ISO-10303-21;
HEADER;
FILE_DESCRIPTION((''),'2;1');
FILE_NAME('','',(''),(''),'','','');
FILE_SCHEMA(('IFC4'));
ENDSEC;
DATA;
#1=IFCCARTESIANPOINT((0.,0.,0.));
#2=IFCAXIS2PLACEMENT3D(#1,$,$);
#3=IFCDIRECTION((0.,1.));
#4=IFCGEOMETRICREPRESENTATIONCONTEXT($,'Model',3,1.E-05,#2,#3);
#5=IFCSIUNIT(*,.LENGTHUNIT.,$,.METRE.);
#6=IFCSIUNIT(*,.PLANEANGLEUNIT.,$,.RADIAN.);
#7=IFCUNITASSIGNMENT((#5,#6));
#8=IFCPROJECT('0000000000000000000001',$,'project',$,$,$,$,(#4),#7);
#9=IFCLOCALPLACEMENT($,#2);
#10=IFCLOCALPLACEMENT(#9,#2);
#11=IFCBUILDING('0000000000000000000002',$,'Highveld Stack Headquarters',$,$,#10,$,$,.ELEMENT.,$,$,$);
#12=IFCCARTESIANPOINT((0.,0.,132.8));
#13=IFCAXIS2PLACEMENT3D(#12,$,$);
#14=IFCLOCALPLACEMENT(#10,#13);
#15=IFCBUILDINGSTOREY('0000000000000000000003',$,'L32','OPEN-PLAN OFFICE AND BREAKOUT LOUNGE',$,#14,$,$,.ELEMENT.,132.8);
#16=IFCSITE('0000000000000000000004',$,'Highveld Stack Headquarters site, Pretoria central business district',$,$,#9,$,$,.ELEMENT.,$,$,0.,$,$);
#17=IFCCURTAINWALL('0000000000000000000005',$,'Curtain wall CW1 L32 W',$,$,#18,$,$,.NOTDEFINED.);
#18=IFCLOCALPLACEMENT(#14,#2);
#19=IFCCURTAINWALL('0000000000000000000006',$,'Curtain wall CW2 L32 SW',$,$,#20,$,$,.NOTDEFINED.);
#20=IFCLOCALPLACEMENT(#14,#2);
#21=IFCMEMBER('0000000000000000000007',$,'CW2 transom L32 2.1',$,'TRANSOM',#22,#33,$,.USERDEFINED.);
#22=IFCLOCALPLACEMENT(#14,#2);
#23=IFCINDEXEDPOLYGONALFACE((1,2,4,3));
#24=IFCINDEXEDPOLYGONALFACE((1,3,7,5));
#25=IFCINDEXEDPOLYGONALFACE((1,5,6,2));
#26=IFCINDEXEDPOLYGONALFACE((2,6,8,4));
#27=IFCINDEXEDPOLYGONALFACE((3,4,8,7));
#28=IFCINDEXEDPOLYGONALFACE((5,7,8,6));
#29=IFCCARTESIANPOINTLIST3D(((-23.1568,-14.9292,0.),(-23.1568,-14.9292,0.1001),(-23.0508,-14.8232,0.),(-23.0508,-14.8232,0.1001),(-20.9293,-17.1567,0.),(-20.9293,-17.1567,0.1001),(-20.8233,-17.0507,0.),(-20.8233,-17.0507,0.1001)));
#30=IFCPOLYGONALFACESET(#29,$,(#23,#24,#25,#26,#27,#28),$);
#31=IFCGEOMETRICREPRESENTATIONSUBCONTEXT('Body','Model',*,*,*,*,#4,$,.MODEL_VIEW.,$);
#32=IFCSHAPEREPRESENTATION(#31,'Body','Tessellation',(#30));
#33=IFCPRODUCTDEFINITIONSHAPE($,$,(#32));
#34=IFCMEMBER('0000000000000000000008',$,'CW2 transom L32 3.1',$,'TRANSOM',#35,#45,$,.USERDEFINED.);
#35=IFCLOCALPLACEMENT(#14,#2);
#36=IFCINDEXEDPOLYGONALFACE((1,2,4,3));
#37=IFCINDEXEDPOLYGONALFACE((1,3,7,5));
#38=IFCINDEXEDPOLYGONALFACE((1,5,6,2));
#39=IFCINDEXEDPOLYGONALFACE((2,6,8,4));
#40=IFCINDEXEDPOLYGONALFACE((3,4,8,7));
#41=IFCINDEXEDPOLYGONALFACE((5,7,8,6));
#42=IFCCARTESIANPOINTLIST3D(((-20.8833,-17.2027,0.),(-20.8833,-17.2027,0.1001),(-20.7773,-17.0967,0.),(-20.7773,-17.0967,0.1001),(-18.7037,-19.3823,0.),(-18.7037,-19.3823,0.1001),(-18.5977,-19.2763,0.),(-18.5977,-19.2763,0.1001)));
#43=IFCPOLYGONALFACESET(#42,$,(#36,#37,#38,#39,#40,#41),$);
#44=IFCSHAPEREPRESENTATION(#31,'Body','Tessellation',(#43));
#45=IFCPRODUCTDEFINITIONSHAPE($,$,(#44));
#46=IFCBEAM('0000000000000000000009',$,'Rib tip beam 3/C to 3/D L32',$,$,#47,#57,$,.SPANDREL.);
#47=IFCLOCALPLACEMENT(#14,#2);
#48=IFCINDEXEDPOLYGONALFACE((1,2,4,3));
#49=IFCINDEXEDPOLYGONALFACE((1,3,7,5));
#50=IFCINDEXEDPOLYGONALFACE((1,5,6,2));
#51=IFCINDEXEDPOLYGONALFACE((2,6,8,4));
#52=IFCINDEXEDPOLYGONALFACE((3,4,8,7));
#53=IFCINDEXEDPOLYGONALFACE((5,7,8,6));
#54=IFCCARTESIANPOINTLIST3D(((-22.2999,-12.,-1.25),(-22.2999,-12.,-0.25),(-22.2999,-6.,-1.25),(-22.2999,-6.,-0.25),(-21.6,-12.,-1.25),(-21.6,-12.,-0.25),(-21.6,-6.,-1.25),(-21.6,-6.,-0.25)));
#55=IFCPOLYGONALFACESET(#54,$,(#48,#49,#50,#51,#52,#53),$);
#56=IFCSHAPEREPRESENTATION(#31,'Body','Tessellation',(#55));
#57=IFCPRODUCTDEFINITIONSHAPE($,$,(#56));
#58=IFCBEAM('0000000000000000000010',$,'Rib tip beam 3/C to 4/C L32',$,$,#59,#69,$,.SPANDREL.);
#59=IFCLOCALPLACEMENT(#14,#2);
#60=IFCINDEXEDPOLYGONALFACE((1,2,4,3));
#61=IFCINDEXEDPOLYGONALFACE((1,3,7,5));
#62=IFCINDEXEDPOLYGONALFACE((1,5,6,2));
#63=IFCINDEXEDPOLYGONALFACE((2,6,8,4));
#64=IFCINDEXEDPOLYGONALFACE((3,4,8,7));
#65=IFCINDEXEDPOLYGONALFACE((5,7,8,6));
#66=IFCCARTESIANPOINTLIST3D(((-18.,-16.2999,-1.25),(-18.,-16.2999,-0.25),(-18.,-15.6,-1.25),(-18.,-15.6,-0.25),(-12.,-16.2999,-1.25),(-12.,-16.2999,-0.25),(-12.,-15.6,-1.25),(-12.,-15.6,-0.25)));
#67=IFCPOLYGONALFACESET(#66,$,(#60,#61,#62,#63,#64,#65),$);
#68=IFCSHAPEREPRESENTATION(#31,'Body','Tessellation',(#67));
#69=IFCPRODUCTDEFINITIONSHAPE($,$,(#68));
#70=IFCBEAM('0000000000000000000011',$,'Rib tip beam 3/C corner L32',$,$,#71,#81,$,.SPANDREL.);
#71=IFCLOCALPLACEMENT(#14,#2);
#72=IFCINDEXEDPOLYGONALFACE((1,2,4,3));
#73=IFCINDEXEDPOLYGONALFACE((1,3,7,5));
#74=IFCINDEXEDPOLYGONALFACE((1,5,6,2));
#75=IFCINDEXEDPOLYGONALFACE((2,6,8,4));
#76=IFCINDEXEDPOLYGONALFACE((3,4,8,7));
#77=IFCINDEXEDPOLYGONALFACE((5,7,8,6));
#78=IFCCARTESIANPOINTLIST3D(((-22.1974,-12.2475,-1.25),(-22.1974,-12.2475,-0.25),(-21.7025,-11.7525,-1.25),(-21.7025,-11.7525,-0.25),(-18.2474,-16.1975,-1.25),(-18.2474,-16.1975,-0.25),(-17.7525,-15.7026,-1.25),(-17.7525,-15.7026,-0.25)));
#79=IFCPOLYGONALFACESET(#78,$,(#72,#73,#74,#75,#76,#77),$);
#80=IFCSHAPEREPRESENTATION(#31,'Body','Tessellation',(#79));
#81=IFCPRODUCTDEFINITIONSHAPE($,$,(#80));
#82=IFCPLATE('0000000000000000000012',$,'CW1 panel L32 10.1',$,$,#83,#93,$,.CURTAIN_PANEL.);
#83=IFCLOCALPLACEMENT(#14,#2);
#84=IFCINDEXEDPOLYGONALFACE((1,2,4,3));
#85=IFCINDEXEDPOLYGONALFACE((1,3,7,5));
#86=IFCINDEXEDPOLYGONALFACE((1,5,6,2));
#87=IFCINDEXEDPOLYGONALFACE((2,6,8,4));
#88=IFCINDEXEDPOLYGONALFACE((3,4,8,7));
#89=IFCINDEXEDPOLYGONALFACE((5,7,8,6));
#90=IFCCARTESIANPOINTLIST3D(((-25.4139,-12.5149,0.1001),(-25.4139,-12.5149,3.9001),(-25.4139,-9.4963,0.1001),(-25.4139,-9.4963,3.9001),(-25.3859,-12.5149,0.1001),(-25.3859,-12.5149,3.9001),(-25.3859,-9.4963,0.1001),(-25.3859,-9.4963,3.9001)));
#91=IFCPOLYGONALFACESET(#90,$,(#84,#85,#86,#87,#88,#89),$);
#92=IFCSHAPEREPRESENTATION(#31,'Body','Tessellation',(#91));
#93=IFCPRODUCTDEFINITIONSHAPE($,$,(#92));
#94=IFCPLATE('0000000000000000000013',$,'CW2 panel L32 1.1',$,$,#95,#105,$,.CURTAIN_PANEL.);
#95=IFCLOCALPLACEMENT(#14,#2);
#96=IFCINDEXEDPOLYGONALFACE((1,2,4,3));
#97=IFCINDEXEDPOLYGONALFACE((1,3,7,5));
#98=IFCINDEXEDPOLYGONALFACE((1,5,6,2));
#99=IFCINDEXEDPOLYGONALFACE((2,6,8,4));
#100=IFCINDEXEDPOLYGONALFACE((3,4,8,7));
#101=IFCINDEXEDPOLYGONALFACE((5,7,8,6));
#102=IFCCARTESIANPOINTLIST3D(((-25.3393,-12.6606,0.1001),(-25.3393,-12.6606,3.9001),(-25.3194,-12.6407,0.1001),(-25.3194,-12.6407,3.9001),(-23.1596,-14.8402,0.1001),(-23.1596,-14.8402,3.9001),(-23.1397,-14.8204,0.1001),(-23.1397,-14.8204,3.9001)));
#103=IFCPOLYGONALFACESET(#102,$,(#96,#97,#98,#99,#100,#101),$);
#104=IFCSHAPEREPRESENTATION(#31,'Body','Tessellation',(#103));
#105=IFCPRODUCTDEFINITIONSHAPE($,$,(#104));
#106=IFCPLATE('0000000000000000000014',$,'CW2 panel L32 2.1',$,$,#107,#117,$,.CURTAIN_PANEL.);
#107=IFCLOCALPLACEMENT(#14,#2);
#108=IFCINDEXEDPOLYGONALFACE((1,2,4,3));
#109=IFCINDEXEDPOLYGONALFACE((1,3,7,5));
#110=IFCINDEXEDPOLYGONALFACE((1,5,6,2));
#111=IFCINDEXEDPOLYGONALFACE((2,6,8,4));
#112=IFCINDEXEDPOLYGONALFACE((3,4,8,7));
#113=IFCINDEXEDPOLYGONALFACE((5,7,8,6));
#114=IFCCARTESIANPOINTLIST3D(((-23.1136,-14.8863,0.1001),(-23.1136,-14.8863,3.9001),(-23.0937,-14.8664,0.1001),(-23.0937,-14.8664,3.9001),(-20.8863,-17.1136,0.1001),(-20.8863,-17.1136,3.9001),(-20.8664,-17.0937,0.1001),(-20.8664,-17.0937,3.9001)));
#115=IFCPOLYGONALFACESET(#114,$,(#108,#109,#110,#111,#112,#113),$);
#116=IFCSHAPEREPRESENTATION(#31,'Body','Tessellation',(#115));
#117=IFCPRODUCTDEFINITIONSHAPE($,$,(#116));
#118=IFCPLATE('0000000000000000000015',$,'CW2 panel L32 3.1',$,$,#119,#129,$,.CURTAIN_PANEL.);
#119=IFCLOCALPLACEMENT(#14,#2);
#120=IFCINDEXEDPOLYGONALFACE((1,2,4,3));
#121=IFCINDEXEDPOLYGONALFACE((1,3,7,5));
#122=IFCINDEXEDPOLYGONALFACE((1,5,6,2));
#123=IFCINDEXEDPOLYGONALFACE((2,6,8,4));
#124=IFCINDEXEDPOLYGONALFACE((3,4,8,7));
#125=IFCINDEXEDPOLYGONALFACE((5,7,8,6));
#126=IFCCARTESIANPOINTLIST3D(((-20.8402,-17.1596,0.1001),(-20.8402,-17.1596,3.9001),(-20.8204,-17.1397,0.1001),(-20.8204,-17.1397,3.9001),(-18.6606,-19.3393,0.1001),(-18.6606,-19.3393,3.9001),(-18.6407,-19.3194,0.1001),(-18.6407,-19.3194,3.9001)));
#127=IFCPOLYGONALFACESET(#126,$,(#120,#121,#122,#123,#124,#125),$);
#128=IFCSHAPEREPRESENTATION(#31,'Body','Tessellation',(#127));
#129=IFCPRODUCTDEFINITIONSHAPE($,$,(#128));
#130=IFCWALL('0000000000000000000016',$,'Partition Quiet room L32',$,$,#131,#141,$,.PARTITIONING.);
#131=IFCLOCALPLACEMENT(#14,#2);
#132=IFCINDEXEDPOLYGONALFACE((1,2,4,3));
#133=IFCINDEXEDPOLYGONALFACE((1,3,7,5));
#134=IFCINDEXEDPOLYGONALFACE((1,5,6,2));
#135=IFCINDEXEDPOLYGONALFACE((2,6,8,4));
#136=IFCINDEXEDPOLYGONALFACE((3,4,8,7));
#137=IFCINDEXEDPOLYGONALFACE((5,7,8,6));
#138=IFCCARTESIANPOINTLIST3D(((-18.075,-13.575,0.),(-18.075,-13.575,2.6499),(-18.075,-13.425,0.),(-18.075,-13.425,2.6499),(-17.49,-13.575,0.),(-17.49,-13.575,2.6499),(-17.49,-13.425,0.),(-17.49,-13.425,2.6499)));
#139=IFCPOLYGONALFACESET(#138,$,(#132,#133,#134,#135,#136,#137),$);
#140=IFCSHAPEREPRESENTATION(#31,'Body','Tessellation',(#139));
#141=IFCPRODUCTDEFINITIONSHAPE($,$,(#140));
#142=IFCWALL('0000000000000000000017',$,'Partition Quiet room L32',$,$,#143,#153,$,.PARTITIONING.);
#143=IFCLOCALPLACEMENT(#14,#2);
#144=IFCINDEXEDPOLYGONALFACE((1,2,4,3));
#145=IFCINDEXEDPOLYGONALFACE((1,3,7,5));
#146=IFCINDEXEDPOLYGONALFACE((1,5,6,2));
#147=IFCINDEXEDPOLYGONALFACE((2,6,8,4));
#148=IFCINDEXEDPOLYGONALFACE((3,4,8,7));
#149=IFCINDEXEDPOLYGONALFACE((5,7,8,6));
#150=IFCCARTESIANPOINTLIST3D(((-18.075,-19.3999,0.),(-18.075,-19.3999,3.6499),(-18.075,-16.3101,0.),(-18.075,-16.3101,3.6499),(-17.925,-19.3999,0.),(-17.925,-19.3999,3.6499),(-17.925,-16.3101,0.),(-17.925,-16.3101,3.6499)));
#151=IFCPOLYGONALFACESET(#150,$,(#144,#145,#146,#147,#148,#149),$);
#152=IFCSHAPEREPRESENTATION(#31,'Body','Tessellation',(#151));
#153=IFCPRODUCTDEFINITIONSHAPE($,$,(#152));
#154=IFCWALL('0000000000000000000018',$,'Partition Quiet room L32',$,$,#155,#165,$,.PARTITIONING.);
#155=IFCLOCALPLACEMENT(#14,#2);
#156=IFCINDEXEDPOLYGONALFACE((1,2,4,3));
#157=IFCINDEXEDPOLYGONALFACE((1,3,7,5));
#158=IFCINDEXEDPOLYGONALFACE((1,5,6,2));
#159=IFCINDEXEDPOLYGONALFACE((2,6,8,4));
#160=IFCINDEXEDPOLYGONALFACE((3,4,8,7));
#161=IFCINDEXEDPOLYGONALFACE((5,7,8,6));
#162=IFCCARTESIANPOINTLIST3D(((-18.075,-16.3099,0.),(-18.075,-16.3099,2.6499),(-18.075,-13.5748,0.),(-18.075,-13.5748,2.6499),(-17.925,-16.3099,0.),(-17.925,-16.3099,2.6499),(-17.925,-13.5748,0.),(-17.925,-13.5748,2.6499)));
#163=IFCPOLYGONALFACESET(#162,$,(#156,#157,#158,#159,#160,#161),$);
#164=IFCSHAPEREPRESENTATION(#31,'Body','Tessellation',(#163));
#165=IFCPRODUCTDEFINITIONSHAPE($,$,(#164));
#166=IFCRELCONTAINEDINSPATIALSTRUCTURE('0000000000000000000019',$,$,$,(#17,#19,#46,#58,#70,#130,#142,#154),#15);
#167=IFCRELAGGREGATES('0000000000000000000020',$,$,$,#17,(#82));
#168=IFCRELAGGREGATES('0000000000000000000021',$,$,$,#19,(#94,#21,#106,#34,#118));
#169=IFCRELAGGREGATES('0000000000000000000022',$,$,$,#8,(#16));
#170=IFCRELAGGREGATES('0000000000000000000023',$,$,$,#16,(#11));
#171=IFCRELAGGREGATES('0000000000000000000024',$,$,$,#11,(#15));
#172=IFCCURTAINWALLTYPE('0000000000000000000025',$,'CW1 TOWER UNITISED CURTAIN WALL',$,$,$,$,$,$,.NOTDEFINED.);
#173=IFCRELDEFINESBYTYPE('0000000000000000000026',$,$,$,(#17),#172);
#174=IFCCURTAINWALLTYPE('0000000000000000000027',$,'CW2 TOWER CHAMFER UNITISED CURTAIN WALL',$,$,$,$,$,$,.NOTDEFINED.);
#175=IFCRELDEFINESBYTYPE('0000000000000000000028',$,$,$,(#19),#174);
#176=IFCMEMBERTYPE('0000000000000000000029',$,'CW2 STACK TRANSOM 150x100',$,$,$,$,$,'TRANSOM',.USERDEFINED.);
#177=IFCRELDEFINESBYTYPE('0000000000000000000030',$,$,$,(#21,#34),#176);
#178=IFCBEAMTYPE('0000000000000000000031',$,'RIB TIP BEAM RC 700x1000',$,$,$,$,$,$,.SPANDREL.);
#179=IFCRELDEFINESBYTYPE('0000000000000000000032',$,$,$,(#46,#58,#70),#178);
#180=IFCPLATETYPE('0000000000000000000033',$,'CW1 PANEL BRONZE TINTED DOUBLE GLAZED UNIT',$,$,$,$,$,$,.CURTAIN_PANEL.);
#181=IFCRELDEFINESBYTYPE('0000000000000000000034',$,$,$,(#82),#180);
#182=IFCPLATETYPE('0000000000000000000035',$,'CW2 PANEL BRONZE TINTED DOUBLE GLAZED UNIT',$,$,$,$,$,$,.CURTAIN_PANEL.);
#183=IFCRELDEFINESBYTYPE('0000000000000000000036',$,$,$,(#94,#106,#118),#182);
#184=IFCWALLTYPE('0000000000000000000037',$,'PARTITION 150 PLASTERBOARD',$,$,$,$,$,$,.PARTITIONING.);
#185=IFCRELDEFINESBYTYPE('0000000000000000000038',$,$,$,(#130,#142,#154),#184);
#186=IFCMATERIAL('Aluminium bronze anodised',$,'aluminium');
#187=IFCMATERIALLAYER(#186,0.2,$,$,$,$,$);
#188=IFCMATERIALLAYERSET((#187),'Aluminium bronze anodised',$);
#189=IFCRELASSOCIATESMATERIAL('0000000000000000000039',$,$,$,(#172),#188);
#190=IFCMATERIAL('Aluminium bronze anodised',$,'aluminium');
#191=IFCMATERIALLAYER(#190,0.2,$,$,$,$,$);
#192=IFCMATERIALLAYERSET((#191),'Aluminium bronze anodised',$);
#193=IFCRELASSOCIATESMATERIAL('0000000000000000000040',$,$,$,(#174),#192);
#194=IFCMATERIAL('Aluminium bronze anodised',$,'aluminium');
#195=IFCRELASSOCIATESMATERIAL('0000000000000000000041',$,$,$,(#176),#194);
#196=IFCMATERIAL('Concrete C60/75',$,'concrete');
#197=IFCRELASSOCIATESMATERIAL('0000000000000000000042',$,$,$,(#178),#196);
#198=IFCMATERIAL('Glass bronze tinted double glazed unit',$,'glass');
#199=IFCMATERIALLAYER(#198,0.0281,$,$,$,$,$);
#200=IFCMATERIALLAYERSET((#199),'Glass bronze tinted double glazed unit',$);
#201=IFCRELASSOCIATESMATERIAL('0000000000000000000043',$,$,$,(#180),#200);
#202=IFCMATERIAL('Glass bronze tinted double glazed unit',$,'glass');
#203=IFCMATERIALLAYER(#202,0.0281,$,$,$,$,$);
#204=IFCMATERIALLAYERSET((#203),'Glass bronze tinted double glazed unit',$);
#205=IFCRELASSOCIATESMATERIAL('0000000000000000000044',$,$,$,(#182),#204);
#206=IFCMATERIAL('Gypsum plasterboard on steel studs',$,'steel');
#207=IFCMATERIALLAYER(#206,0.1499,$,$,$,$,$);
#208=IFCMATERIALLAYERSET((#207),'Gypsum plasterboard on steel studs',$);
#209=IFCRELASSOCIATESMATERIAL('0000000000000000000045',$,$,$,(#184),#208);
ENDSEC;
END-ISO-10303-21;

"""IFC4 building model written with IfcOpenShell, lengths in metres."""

from ifc_helpers import new_model, si_unit, direction, frame, frame_2d, origin, origin_2d, place, context, subcontext, project, spatial, rectangle, extrude, material, layer, layer_set, material_profile, profile_set, type_object, element, aggregate, save


model = new_model("IFC4")

# Units and contexts
model_context = context("Model", 3, precision=1e-05, world=origin(), true_north=direction((0.0, 1.0)))
body_context = subcontext(model_context, "Body", "Model", "MODEL_VIEW")
ifc_project = project(units=[si_unit("LENGTHUNIT", "METRE"), si_unit("PLANEANGLEUNIT", "RADIAN")], contexts=[model_context])

# Site, building, storey
site_placement = place(None, origin())
site = spatial("IfcSite", under=ifc_project, at=site_placement, Name="Highveld Stack Headquarters site, Pretoria central business district", CompositionType="ELEMENT", RefElevation=0.0)
building_placement = place(site_placement, origin())
building = spatial("IfcBuilding", under=site, at=building_placement, Name="Highveld Stack Headquarters", CompositionType="ELEMENT")
storey_placement = place(building_placement, frame((0.0, 0.0, 132.8)))
storey = spatial("IfcBuildingStorey", under=building, at=storey_placement, Name="L32", Description="OPEN-PLAN OFFICE AND BREAKOUT LOUNGE", CompositionType="ELEMENT", Elevation=132.8)

# Curtain wall
ifc_material_1 = material(Name="Aluminium bronze anodised", Category="aluminium")
ifc_layer_1 = layer(ifc_material_1, 0.2)
ifc_layer_set_1 = layer_set([ifc_layer_1], Name="Aluminium bronze anodised")
curtain_wall_type_1 = type_object("IfcCurtainWallType", Name="CW1 TOWER UNITISED CURTAIN WALL", PredefinedType="NOTDEFINED", material=ifc_layer_set_1)
curtain_wall_1_placement = place(storey_placement, origin())
curtain_wall_1 = element("IfcCurtainWall", 1, at=curtain_wall_1_placement, inside=storey, type_object=curtain_wall_type_1, Name="Curtain wall CW1 L32 W", PredefinedType="NOTDEFINED")

# Curtain wall, members
ifc_material_2 = material(Name="Aluminium bronze anodised", Category="aluminium")
ifc_layer_2 = layer(ifc_material_2, 0.2)
ifc_layer_set_2 = layer_set([ifc_layer_2], Name="Aluminium bronze anodised")
curtain_wall_type_2 = type_object("IfcCurtainWallType", Name="CW2 TOWER CHAMFER UNITISED CURTAIN WALL", PredefinedType="NOTDEFINED", material=ifc_layer_set_2)
curtain_wall_2_placement = place(storey_placement, origin())
curtain_wall_2 = element("IfcCurtainWall", 2, at=curtain_wall_2_placement, inside=storey, type_object=curtain_wall_type_2, Name="Curtain wall CW2 L32 SW", PredefinedType="NOTDEFINED")
ifc_material_3 = material(Name="Aluminium bronze anodised", Category="aluminium")
ifc_material_profile_1 = material_profile(ifc_material_3, rectangle(XDim=0.1499, YDim=0.1001, at=origin_2d()), Name="CW2 TRANSOM 150x100")
ifc_profile_set_1 = profile_set([ifc_material_profile_1], Name="Aluminium bronze anodised")
member_type_1 = type_object("IfcMemberType", Name="CW2 STACK TRANSOM 150x100", ElementType="TRANSOM", PredefinedType="USERDEFINED", material=ifc_profile_set_1)
member_1_placement = place(storey_placement, frame((-23.1038, -14.8762, 0.05), z_axis=(0.707107, -0.707107, 0.0), x_axis=(0.707107, 0.707107, 0.0)))
member_1 = element("IfcMember", 3, at=member_1_placement, type_object=member_type_1, Name="CW2 transom L32 2.1", ObjectType="TRANSOM", PredefinedType="USERDEFINED", context=body_context, shape_type="SweptSolid", body=[
    extrude(rectangle(XDim=0.1499, YDim=0.1001, at=origin_2d()), origin(), (0.0, 0.0, 1.0), 3.1501),
])
member_2_placement = place(storey_placement, frame((-20.8303, -17.1497, 0.05), z_axis=(0.707107, -0.707107, 0.0), x_axis=(0.707107, 0.707107, 0.0)))
member_2 = element("IfcMember", 4, at=member_2_placement, type_object=member_type_1, Name="CW2 transom L32 3.1", ObjectType="TRANSOM", PredefinedType="USERDEFINED", context=body_context, shape_type="SweptSolid", body=[
    extrude(rectangle(XDim=0.1499, YDim=0.1001, at=origin_2d()), origin(), (0.0, 0.0, 1.0), 3.0825),
])

# Beams
ifc_material_4 = material(Name="Concrete C60/75", Category="concrete")
ifc_material_profile_2 = material_profile(ifc_material_4, rectangle(XDim=0.7, YDim=1.0, at=origin_2d()), Name="RC 700x1000")
ifc_profile_set_2 = profile_set([ifc_material_profile_2], Name="Concrete C60/75")
beam_type_1 = type_object("IfcBeamType", Name="RIB TIP BEAM RC 700x1000", PredefinedType="SPANDREL", material=ifc_profile_set_2)
for number, where, z_axis, x_axis, name in (
    (5, (-21.95, -12.0, -0.75), (0.0, 1.0, 0.0), (-1.0, 0.0, 0.0), "Rib tip beam 3/C to 3/D L32"),
    (6, (-18.0, -15.95, -0.75), (1.0, 0.0, 0.0), (0.0, 1.0, 0.0), "Rib tip beam 3/C to 4/C L32"),
):
    element("IfcBeam", number, at=place(storey_placement, frame(where, z_axis=z_axis, x_axis=x_axis)), inside=storey, type_object=beam_type_1, Name=name, PredefinedType="SPANDREL", context=body_context, shape_type="SweptSolid", body=[
        extrude(rectangle(XDim=0.7, YDim=1.0, at=origin_2d()), origin(), (0.0, 0.0, 1.0), 6.0),
    ])
beam_placement = place(storey_placement, frame((-21.95, -12.0, -0.75), z_axis=(0.707107, -0.707107, 0.0), x_axis=(0.707107, 0.707107, 0.0)))
element("IfcBeam", 7, at=beam_placement, inside=storey, type_object=beam_type_1, Name="Rib tip beam 3/C corner L32", PredefinedType="SPANDREL", context=body_context, shape_type="SweptSolid", body=[
    extrude(rectangle(XDim=0.7, YDim=1.0, at=origin_2d()), origin(), (0.0, 0.0, 1.0), 5.5862),
])

# Plates
ifc_material_5 = material(Name="Glass bronze tinted double glazed unit", Category="glass")
ifc_layer_3 = layer(ifc_material_5, 0.0281)
ifc_layer_set_3 = layer_set([ifc_layer_3], Name="Glass bronze tinted double glazed unit")
plate_type_1 = type_object("IfcPlateType", Name="CW1 PANEL BRONZE TINTED DOUBLE GLAZED UNIT", PredefinedType="CURTAIN_PANEL", material=ifc_layer_set_3)
plate_1_placement = place(storey_placement, frame((-25.3999, -11.0056, 0.1001), z_axis=(0.0, 0.0, 1.0), x_axis=(0.0, -1.0, 0.0)))
plate_1 = element("IfcPlate", 8, at=plate_1_placement, type_object=plate_type_1, Name="CW1 panel L32 10.1", PredefinedType="CURTAIN_PANEL", context=body_context, shape_type="SweptSolid", body=[
    extrude(rectangle(XDim=3.0186, YDim=0.0281, at=origin_2d()), origin(), (0.0, 0.0, 1.0), 3.8),
])
aggregate(curtain_wall_1, [plate_1])
ifc_material_6 = material(Name="Glass bronze tinted double glazed unit", Category="glass")
ifc_layer_4 = layer(ifc_material_6, 0.0281)
ifc_layer_set_4 = layer_set([ifc_layer_4], Name="Glass bronze tinted double glazed unit")
plate_type_2 = type_object("IfcPlateType", Name="CW2 PANEL BRONZE TINTED DOUBLE GLAZED UNIT", PredefinedType="CURTAIN_PANEL", material=ifc_layer_set_4)
plate_2_placement = place(storey_placement, frame((-24.2395, -13.7405, 0.1001), z_axis=(0.0, 0.0, 1.0), x_axis=(0.707107, -0.707107, 0.0)))
plate_2 = element("IfcPlate", 9, at=plate_2_placement, type_object=plate_type_2, Name="CW2 panel L32 1.1", PredefinedType="CURTAIN_PANEL", context=body_context, shape_type="SweptSolid", body=[
    extrude(rectangle(XDim=3.0825, YDim=0.0281, at=origin_2d()), origin(), (0.0, 0.0, 1.0), 3.8),
])
plate_3_placement = place(storey_placement, frame((-21.99, -15.99, 0.1001), z_axis=(0.0, 0.0, 1.0), x_axis=(0.707107, -0.707107, 0.0)))
plate_3 = element("IfcPlate", 10, at=plate_3_placement, type_object=plate_type_2, Name="CW2 panel L32 2.1", PredefinedType="CURTAIN_PANEL", context=body_context, shape_type="SweptSolid", body=[
    extrude(rectangle(XDim=3.1499, YDim=0.0281, at=origin_2d()), origin(), (0.0, 0.0, 1.0), 3.8),
])
plate_4_placement = place(storey_placement, frame((-19.7405, -18.2395, 0.1001), z_axis=(0.0, 0.0, 1.0), x_axis=(0.707107, -0.707107, 0.0)))
plate_4 = element("IfcPlate", 11, at=plate_4_placement, type_object=plate_type_2, Name="CW2 panel L32 3.1", PredefinedType="CURTAIN_PANEL", context=body_context, shape_type="SweptSolid", body=[
    extrude(rectangle(XDim=3.0825, YDim=0.0281, at=origin_2d()), origin(), (0.0, 0.0, 1.0), 3.8),
])
aggregate(curtain_wall_2, [plate_2, member_1, plate_3, member_2, plate_4])

# Walls
ifc_material_7 = material(Name="Gypsum plasterboard on steel studs", Category="steel")
ifc_layer_5 = layer(ifc_material_7, 0.1499)
ifc_layer_set_5 = layer_set([ifc_layer_5], Name="Gypsum plasterboard on steel studs")
wall_type = type_object("IfcWallType", Name="PARTITION 150 PLASTERBOARD", PredefinedType="PARTITIONING", material=ifc_layer_set_5)
wall_1_placement = place(storey_placement, frame((-18.075, -13.5, 0.0), z_axis=(0.0, 0.0, 1.0), x_axis=(1.0, 0.0, 0.0)))
element("IfcWall", 12, at=wall_1_placement, inside=storey, type_object=wall_type, Name="Partition Quiet room L32", PredefinedType="PARTITIONING", context=body_context, shape_type="SweptSolid", body=[
    extrude(rectangle(XDim=0.585, YDim=0.1499, at=frame_2d((0.2925, 0.0))), origin(), (0.0, 0.0, 1.0), 2.6499),
])
wall_2_placement = place(storey_placement, frame((-18.0, -19.3999, 0.0), z_axis=(0.0, 0.0, 1.0), x_axis=(0.0, 1.0, 0.0)))
element("IfcWall", 13, at=wall_2_placement, inside=storey, type_object=wall_type, Name="Partition Quiet room L32", PredefinedType="PARTITIONING", context=body_context, shape_type="SweptSolid", body=[
    extrude(rectangle(XDim=3.0898, YDim=0.1499, at=frame_2d((1.5449, 0.0))), origin(), (0.0, 0.0, 1.0), 3.6499),
])
wall_3_placement = place(storey_placement, frame((-18.0, -16.3101, 0.0), z_axis=(0.0, 0.0, 1.0), x_axis=(0.0, 1.0, 0.0)))
element("IfcWall", 14, at=wall_3_placement, inside=storey, type_object=wall_type, Name="Partition Quiet room L32", PredefinedType="PARTITIONING", context=body_context, shape_type="SweptSolid", body=[
    extrude(rectangle(XDim=2.7351, YDim=0.1499, at=frame_2d((1.3677, 0.0))), origin(), (0.0, 0.0, 1.0), 2.6499),
])

save(model, "model.ifc")
